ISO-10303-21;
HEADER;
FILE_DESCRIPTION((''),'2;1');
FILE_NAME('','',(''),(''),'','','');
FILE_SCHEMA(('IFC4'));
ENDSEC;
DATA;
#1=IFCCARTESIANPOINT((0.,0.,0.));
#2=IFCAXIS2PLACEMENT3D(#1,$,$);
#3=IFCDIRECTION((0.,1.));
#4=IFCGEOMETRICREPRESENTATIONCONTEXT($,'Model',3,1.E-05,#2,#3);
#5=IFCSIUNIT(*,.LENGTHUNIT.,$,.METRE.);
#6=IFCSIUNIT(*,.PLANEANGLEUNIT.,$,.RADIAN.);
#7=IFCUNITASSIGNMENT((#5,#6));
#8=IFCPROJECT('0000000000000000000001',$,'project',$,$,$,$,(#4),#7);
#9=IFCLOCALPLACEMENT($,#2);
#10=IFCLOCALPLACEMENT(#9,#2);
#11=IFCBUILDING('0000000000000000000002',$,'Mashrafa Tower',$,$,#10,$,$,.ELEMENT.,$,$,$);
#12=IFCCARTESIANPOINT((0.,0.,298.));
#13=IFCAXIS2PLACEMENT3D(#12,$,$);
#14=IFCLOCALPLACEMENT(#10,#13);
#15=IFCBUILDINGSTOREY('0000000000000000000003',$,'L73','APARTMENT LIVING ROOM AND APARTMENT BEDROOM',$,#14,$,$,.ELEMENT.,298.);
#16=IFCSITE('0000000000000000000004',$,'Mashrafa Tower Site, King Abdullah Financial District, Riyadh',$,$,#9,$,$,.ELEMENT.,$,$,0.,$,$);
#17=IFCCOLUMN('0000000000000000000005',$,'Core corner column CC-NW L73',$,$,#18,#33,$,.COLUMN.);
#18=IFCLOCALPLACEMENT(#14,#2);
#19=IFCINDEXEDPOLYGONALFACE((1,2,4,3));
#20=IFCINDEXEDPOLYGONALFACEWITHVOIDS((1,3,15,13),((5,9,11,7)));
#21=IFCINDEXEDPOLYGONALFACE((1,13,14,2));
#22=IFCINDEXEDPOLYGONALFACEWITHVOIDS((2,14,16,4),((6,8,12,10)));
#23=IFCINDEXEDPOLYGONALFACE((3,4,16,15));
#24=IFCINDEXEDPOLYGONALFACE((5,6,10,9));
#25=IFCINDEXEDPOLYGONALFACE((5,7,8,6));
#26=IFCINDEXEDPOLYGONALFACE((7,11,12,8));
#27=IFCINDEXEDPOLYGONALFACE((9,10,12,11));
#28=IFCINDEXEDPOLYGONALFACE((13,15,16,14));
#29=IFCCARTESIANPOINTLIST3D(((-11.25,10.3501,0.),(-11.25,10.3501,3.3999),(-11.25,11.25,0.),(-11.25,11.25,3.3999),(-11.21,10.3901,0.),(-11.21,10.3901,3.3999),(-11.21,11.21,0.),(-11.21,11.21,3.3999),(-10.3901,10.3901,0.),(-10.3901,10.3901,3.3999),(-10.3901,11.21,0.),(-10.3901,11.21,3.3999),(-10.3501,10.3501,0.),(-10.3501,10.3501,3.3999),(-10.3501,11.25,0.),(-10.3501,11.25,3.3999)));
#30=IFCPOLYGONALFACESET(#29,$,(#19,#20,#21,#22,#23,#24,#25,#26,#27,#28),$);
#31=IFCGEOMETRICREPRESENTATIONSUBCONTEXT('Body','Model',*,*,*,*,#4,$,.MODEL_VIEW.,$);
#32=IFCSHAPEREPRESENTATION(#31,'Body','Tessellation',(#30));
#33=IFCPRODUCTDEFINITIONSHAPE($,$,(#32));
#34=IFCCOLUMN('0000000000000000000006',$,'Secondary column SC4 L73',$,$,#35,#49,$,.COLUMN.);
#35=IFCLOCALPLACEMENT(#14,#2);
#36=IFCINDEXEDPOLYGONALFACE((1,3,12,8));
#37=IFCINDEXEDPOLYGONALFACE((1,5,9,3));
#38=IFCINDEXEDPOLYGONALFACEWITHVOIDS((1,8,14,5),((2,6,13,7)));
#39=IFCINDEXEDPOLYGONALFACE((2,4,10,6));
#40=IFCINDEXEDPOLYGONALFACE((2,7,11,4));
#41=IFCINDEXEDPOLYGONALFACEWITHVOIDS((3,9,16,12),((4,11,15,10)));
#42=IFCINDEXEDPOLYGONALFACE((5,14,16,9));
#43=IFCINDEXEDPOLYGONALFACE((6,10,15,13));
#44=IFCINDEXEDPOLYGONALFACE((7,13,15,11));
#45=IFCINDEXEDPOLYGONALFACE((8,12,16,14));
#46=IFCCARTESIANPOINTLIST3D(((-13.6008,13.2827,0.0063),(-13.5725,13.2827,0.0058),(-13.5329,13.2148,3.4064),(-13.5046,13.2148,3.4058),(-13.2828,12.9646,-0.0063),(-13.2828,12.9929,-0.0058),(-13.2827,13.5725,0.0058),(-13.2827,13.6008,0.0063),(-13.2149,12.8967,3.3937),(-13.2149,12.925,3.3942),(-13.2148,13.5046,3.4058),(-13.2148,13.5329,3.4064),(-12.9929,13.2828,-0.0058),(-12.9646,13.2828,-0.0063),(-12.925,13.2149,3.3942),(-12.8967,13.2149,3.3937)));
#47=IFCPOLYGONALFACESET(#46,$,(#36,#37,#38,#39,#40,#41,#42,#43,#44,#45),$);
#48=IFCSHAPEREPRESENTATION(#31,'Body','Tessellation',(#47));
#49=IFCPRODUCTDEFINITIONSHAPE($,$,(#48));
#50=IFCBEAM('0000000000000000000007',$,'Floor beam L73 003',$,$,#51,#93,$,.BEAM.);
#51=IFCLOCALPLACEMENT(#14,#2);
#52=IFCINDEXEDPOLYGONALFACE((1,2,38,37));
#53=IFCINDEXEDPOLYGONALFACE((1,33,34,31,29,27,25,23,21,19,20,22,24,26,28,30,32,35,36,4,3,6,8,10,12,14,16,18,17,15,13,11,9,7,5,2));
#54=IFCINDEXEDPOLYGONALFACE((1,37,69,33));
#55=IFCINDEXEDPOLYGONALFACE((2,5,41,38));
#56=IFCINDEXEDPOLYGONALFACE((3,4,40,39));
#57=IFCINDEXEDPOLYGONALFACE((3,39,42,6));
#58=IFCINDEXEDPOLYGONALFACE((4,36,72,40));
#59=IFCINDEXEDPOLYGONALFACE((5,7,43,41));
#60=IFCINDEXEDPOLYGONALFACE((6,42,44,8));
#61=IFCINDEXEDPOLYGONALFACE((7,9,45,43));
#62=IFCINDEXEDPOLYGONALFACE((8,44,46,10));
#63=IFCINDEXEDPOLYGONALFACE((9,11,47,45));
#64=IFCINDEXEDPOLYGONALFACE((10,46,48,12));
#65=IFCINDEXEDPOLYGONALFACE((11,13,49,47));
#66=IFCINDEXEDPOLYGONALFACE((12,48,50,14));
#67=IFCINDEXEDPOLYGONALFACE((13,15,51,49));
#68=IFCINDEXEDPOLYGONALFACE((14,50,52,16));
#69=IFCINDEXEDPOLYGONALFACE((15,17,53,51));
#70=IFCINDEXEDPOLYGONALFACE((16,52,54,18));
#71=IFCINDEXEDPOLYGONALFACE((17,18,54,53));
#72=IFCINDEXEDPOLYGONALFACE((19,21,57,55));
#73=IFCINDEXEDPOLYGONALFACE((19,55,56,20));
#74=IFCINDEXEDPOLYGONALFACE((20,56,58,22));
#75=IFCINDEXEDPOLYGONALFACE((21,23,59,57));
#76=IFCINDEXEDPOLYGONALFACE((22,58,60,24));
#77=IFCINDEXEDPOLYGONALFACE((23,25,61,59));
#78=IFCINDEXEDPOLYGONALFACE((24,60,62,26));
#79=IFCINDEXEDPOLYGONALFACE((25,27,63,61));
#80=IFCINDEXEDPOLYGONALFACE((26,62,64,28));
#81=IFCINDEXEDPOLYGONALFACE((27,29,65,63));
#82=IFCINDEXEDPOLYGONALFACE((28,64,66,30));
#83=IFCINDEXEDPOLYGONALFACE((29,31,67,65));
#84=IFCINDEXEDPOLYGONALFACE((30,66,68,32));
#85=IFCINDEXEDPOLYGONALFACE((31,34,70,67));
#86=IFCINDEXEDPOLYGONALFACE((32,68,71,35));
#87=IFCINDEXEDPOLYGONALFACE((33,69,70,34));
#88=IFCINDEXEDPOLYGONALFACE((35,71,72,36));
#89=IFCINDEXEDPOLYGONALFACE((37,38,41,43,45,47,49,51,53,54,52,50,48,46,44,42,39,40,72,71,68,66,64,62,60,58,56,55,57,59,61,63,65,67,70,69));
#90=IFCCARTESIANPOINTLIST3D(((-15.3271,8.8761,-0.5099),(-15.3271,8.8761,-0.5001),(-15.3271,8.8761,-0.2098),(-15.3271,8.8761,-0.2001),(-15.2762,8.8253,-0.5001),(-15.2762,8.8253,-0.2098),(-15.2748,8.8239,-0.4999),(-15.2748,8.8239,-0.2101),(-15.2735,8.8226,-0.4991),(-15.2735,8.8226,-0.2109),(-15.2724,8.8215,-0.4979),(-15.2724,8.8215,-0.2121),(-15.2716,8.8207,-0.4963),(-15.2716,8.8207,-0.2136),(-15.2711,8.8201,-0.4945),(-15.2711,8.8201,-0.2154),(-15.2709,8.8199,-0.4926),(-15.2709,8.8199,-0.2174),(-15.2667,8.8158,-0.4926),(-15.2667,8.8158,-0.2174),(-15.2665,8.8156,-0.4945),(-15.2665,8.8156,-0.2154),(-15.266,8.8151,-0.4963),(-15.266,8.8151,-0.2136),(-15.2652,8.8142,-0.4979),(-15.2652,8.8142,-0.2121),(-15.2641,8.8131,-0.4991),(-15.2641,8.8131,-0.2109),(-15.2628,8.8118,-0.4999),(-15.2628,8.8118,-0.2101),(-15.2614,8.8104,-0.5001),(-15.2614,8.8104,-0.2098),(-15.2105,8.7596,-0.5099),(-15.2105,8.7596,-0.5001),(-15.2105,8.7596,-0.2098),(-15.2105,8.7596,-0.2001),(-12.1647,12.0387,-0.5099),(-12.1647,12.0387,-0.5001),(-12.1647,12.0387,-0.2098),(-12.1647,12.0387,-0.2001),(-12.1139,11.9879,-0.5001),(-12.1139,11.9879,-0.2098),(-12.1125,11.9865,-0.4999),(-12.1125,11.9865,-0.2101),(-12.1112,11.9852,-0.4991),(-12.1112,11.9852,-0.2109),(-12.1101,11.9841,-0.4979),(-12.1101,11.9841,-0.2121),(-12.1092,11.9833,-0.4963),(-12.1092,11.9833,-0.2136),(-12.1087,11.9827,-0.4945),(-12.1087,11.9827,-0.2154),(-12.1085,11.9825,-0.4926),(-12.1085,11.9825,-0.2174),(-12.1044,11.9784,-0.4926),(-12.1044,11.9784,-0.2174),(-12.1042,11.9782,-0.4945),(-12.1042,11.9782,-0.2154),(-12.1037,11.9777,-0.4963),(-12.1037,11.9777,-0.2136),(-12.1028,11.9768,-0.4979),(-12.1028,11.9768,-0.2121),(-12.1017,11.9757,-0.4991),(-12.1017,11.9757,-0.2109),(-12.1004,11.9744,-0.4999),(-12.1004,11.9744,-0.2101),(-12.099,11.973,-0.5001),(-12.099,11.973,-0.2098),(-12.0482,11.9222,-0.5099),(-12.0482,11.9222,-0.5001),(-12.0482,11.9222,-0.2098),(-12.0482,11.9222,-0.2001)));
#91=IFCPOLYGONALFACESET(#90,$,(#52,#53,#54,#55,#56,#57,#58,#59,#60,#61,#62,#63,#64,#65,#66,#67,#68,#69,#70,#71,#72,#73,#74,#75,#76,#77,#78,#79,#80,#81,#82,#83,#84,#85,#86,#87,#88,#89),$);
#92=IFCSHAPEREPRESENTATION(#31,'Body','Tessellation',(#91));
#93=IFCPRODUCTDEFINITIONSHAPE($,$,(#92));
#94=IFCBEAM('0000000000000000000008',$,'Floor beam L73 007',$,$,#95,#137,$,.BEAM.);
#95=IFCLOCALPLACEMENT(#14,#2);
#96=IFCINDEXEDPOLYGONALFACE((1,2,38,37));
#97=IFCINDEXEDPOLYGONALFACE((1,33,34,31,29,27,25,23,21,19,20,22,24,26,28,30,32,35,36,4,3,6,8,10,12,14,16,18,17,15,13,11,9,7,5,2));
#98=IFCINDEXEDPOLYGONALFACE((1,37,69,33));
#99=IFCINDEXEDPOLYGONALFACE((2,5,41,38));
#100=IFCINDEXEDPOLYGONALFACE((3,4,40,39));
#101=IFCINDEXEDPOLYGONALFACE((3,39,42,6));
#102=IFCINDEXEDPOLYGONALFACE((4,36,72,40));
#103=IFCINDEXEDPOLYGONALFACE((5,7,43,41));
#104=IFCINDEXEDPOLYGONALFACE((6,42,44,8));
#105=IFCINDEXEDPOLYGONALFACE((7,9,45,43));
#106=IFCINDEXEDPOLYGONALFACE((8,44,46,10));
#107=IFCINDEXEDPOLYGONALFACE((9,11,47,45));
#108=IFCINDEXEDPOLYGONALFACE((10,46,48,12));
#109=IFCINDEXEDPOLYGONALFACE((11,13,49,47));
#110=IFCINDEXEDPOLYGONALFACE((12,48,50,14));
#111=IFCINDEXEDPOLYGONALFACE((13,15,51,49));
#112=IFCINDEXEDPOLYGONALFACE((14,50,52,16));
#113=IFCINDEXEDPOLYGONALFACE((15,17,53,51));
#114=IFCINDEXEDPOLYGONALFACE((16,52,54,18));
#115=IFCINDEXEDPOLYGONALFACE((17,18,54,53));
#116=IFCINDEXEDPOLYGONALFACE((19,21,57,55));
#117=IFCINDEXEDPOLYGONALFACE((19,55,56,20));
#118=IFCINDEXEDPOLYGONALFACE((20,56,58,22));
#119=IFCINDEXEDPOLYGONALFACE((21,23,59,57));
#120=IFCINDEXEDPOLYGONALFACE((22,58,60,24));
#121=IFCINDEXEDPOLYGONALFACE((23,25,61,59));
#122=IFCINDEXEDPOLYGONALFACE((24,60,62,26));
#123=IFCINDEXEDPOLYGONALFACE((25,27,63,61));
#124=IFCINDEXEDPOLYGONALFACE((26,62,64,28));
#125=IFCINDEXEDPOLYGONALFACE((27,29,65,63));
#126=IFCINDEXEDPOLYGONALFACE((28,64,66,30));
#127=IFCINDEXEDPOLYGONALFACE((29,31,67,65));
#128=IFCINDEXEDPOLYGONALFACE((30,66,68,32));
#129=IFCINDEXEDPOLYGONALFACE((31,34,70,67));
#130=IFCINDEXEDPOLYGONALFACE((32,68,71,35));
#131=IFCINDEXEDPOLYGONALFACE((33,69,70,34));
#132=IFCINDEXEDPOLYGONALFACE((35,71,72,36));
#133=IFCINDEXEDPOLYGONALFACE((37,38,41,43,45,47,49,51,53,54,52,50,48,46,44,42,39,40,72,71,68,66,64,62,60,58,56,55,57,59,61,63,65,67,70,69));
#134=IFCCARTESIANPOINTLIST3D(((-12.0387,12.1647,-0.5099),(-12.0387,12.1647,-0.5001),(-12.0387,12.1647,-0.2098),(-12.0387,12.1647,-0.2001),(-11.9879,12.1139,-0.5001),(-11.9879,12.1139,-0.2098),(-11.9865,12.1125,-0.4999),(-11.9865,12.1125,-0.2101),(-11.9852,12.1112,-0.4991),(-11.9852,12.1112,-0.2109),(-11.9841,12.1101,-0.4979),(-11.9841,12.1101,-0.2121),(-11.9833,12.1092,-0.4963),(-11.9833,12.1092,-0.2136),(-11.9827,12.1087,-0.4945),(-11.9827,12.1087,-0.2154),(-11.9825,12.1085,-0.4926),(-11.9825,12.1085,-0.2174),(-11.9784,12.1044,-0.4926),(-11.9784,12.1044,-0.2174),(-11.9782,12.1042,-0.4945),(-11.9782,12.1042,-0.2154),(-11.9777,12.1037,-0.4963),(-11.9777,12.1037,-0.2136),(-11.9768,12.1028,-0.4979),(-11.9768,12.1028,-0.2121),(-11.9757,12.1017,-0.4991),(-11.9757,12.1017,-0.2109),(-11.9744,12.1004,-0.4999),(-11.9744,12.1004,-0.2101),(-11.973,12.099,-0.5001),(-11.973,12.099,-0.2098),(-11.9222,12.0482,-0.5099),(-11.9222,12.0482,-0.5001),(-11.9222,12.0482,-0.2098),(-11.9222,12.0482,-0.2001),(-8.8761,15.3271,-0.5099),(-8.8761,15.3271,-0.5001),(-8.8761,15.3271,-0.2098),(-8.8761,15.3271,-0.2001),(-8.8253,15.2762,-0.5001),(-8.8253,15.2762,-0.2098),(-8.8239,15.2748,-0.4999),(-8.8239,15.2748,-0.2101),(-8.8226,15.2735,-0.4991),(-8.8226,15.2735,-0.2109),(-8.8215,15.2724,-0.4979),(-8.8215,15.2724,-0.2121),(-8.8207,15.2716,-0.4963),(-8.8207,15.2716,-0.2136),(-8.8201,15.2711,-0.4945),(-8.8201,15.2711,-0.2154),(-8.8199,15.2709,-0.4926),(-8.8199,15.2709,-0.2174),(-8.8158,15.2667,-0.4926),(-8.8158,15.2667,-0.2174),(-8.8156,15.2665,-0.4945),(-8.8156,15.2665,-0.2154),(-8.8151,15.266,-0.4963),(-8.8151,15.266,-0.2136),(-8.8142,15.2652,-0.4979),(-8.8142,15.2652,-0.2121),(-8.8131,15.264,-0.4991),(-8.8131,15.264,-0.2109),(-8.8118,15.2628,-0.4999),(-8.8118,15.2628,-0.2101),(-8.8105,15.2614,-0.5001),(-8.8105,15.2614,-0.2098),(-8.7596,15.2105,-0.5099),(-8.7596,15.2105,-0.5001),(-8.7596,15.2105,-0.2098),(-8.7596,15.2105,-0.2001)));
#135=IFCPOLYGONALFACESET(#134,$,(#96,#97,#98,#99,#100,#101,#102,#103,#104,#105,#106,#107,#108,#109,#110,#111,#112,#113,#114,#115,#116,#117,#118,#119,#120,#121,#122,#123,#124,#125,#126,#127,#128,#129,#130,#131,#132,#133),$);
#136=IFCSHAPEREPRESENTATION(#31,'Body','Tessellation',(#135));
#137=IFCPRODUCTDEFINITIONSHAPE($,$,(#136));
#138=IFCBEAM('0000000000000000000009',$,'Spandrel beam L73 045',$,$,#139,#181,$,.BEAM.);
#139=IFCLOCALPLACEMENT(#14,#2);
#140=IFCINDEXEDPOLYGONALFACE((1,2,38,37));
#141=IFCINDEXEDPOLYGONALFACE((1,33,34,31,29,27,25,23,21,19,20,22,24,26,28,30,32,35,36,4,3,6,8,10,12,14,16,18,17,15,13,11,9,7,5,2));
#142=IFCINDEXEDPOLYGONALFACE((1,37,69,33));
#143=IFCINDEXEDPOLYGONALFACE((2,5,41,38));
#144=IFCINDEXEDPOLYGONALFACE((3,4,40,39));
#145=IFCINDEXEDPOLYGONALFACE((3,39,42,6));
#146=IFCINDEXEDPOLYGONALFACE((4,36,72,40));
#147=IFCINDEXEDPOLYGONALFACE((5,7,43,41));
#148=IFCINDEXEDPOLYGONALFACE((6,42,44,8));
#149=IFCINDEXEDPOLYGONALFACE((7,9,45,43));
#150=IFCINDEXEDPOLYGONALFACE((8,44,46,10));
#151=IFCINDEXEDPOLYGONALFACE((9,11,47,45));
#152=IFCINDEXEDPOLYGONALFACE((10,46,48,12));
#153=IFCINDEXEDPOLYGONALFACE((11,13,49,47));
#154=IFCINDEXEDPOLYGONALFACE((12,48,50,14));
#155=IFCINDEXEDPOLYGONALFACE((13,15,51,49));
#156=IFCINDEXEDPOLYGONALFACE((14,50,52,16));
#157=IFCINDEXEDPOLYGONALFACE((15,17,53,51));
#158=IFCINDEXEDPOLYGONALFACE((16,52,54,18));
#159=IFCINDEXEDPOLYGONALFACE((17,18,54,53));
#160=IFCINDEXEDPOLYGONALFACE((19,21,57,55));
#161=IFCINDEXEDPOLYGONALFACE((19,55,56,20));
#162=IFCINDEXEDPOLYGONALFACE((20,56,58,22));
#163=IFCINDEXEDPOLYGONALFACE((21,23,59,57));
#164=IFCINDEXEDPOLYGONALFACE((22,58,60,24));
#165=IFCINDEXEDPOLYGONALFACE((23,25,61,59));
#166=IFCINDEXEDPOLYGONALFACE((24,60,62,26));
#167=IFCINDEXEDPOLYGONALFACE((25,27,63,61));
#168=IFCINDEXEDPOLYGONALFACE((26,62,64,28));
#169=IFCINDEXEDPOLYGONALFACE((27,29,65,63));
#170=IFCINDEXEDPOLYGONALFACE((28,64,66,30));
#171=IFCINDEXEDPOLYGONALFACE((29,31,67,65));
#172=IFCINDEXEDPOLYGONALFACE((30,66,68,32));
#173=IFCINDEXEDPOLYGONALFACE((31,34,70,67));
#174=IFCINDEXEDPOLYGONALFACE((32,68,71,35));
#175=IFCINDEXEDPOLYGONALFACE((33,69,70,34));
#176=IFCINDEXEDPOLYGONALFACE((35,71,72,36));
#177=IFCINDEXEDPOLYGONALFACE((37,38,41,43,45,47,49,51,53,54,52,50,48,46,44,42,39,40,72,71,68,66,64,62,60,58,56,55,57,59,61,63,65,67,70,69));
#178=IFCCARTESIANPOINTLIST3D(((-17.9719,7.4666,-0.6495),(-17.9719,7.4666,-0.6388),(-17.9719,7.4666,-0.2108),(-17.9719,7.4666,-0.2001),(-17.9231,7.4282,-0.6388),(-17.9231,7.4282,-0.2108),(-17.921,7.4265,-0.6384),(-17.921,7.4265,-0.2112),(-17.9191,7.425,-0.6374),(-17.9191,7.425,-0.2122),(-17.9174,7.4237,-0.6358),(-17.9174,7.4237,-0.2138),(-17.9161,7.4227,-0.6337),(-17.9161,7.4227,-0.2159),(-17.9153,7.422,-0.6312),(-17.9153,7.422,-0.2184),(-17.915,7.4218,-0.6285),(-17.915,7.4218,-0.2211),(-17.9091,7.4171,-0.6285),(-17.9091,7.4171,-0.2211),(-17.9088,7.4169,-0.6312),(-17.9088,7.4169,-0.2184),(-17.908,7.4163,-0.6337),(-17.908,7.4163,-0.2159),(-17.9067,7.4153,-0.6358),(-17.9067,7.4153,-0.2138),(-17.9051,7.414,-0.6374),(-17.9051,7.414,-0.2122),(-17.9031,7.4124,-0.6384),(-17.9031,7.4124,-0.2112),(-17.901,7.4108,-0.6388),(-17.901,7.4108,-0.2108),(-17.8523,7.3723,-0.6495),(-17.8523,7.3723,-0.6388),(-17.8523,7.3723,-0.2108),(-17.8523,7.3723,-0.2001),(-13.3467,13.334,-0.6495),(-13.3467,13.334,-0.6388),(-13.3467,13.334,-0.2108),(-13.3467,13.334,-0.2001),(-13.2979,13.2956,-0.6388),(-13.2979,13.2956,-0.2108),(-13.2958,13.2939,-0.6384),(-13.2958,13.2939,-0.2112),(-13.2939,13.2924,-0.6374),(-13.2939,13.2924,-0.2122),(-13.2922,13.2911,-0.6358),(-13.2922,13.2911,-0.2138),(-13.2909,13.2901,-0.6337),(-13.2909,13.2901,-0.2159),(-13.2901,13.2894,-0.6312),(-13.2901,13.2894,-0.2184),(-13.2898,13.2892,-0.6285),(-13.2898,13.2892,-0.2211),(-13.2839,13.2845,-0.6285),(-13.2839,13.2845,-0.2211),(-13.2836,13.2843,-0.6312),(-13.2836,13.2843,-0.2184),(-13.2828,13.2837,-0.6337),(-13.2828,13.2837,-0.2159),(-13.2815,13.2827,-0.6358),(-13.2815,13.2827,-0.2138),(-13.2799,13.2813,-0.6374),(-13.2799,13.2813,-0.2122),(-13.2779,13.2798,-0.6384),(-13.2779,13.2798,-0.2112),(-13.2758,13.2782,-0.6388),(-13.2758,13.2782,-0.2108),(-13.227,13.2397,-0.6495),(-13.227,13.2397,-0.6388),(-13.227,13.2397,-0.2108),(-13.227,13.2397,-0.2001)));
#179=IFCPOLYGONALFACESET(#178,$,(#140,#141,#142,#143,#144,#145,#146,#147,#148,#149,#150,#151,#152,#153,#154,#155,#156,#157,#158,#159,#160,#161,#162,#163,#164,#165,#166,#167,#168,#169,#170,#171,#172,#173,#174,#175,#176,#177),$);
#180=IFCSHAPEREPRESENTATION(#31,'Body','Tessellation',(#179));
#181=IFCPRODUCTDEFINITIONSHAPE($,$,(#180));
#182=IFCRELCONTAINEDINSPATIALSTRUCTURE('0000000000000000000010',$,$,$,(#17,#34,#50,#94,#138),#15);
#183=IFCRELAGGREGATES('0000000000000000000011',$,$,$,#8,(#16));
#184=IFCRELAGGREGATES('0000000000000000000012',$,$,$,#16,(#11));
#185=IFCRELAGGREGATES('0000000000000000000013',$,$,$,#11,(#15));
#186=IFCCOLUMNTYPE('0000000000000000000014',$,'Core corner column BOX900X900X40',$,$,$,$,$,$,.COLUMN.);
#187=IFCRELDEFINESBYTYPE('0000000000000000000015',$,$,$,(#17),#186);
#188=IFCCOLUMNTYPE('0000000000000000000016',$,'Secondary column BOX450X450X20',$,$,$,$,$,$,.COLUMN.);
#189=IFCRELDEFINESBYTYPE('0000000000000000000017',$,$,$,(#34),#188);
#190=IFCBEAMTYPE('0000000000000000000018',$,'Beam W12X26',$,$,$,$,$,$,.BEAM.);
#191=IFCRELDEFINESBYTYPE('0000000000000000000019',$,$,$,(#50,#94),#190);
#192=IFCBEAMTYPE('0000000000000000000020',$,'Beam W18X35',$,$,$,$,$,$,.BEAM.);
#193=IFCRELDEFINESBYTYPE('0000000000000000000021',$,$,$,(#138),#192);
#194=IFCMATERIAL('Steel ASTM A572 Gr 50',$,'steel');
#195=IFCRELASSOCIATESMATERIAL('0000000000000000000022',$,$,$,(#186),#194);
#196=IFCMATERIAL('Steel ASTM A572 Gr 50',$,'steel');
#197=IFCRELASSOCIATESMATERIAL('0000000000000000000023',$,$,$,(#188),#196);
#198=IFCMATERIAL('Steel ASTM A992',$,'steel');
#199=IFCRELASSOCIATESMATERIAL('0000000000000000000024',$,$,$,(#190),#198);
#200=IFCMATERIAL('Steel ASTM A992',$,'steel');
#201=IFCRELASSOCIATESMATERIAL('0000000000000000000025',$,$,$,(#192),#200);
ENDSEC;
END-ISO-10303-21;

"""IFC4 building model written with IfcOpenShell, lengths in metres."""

from ifc_helpers import new_model, si_unit, direction, frame, origin, origin_2d, place, context, subcontext, project, spatial, hollow_rectangle, i_section, extrude, material, material_profile, profile_set, type_object, element, save


model = new_model("IFC4")

# Units and contexts
model_context = context("Model", 3, precision=1e-05, world=origin(), true_north=direction((0.0, 1.0)))
body_context = subcontext(model_context, "Body", "Model", "MODEL_VIEW")
ifc_project = project(units=[si_unit("LENGTHUNIT", "METRE"), si_unit("PLANEANGLEUNIT", "RADIAN")], contexts=[model_context])

# Site, building, storey
site_placement = place(None, origin())
site = spatial("IfcSite", under=ifc_project, at=site_placement, Name="Mashrafa Tower Site, King Abdullah Financial District, Riyadh", CompositionType="ELEMENT", RefElevation=0.0)
building_placement = place(site_placement, origin())
building = spatial("IfcBuilding", under=site, at=building_placement, Name="Mashrafa Tower", CompositionType="ELEMENT")
storey_placement = place(building_placement, frame((0.0, 0.0, 298.0)))
storey = spatial("IfcBuildingStorey", under=building, at=storey_placement, Name="L73", Description="APARTMENT LIVING ROOM AND APARTMENT BEDROOM", CompositionType="ELEMENT", Elevation=298.0)

# Columns
ifc_material_1 = material(Name="Steel ASTM A572 Gr 50", Category="steel")
ifc_material_profile_1 = material_profile(ifc_material_1, hollow_rectangle(XDim=0.8999, YDim=0.8999, WallThickness=0.04, at=origin_2d()), Name="BOX900X900X40")
ifc_profile_set_1 = profile_set([ifc_material_profile_1], Name="Steel ASTM A572 Gr 50")
column_type_1 = type_object("IfcColumnType", Name="Core corner column BOX900X900X40", PredefinedType="COLUMN", material=ifc_profile_set_1)
column_1_placement = place(storey_placement, frame((-10.8, 10.8, 0.0), z_axis=(0.0, 0.0, 1.0), x_axis=(1.0, 0.0, 0.0)))
element("IfcColumn", 1, at=column_1_placement, inside=storey, type_object=column_type_1, Name="Core corner column CC-NW L73", PredefinedType="COLUMN", context=body_context, shape_type="SweptSolid", body=[
    extrude(hollow_rectangle(XDim=0.8999, YDim=0.8999, WallThickness=0.04, at=origin_2d()), origin(), (0.0, 0.0, 1.0), 3.3999),
])
ifc_material_2 = material(Name="Steel ASTM A572 Gr 50", Category="steel")
ifc_material_profile_2 = material_profile(ifc_material_2, hollow_rectangle(XDim=0.45, YDim=0.45, WallThickness=0.02, at=origin_2d()), Name="BOX450X450X20")
ifc_profile_set_2 = profile_set([ifc_material_profile_2], Name="Steel ASTM A572 Gr 50")
column_type_2 = type_object("IfcColumnType", Name="Secondary column BOX450X450X20", PredefinedType="COLUMN", material=ifc_profile_set_2)
column_2_placement = place(storey_placement, frame((-13.2827, 13.2827, 0.0), z_axis=(0.019955, -0.019955, 0.999602), x_axis=(0.707107, 0.707107, 0.0)))
element("IfcColumn", 2, at=column_2_placement, inside=storey, type_object=column_type_2, Name="Secondary column SC4 L73", PredefinedType="COLUMN", context=body_context, shape_type="SweptSolid", body=[
    extrude(hollow_rectangle(XDim=0.45, YDim=0.45, WallThickness=0.02, at=origin_2d()), origin(), (0.0, 0.0, 1.0), 3.4014),
])

# Beams
ifc_material_3 = material(Name="Steel ASTM A992", Category="steel")
ifc_material_profile_3 = material_profile(ifc_material_3, i_section(OverallWidth=0.1648, OverallDepth=0.3098, WebThickness=0.0059, FlangeThickness=0.0098, FilletRadius=0.0076, at=origin_2d()), Name="W12X26")
ifc_profile_set_3 = profile_set([ifc_material_profile_3], Name="Steel ASTM A992")
beam_type_1 = type_object("IfcBeamType", Name="Beam W12X26", PredefinedType="BEAM", material=ifc_profile_set_3)
for number, where, z_axis, x_axis, name in (
    (3, (-15.2688, 8.8179, -0.355), (0.707079, 0.707134, 0.0), (-0.707134, 0.707079, 0.0), "Floor beam L73 003"),
    (4, (-11.9805, 12.1064, -0.355), (0.707134, 0.707079, 0.0), (-0.707079, 0.707134, 0.0), "Floor beam L73 007"),
):
    element("IfcBeam", number, at=place(storey_placement, frame(where, z_axis=z_axis, x_axis=x_axis)), inside=storey, type_object=beam_type_1, Name=name, PredefinedType="BEAM", context=body_context, shape_type="SweptSolid", body=[
        extrude(i_section(OverallWidth=0.1648, OverallDepth=0.3098, WebThickness=0.0059, FlangeThickness=0.0098, FilletRadius=0.0076, at=origin_2d()), origin(), (0.0, 0.0, 1.0), 4.4724),
    ])
ifc_material_4 = material(Name="Steel ASTM A992", Category="steel")
ifc_material_profile_4 = material_profile(ifc_material_4, i_section(OverallWidth=0.1523, OverallDepth=0.4495, WebThickness=0.0076, FlangeThickness=0.0107, FilletRadius=0.0103, at=origin_2d()), Name="W18X35")
ifc_profile_set_4 = profile_set([ifc_material_profile_4], Name="Steel ASTM A992")
beam_type_2 = type_object("IfcBeamType", Name="Beam W18X35", PredefinedType="BEAM", material=ifc_profile_set_4)
beam_1_placement = place(storey_placement, frame((-13.2869, 13.2869, -0.4248), z_axis=(-0.619072, -0.785334, 0.0), x_axis=(0.785334, -0.619072, 0.0)))
element("IfcBeam", 5, at=beam_1_placement, inside=storey, type_object=beam_type_2, Name="Spandrel beam L73 045", PredefinedType="BEAM", context=body_context, shape_type="SweptSolid", body=[
    extrude(i_section(OverallWidth=0.1523, OverallDepth=0.4495, WebThickness=0.0076, FlangeThickness=0.0107, FilletRadius=0.0103, at=origin_2d()), origin(), (0.0, 0.0, 1.0), 7.4712),
])

save(model, "model.ifc")
